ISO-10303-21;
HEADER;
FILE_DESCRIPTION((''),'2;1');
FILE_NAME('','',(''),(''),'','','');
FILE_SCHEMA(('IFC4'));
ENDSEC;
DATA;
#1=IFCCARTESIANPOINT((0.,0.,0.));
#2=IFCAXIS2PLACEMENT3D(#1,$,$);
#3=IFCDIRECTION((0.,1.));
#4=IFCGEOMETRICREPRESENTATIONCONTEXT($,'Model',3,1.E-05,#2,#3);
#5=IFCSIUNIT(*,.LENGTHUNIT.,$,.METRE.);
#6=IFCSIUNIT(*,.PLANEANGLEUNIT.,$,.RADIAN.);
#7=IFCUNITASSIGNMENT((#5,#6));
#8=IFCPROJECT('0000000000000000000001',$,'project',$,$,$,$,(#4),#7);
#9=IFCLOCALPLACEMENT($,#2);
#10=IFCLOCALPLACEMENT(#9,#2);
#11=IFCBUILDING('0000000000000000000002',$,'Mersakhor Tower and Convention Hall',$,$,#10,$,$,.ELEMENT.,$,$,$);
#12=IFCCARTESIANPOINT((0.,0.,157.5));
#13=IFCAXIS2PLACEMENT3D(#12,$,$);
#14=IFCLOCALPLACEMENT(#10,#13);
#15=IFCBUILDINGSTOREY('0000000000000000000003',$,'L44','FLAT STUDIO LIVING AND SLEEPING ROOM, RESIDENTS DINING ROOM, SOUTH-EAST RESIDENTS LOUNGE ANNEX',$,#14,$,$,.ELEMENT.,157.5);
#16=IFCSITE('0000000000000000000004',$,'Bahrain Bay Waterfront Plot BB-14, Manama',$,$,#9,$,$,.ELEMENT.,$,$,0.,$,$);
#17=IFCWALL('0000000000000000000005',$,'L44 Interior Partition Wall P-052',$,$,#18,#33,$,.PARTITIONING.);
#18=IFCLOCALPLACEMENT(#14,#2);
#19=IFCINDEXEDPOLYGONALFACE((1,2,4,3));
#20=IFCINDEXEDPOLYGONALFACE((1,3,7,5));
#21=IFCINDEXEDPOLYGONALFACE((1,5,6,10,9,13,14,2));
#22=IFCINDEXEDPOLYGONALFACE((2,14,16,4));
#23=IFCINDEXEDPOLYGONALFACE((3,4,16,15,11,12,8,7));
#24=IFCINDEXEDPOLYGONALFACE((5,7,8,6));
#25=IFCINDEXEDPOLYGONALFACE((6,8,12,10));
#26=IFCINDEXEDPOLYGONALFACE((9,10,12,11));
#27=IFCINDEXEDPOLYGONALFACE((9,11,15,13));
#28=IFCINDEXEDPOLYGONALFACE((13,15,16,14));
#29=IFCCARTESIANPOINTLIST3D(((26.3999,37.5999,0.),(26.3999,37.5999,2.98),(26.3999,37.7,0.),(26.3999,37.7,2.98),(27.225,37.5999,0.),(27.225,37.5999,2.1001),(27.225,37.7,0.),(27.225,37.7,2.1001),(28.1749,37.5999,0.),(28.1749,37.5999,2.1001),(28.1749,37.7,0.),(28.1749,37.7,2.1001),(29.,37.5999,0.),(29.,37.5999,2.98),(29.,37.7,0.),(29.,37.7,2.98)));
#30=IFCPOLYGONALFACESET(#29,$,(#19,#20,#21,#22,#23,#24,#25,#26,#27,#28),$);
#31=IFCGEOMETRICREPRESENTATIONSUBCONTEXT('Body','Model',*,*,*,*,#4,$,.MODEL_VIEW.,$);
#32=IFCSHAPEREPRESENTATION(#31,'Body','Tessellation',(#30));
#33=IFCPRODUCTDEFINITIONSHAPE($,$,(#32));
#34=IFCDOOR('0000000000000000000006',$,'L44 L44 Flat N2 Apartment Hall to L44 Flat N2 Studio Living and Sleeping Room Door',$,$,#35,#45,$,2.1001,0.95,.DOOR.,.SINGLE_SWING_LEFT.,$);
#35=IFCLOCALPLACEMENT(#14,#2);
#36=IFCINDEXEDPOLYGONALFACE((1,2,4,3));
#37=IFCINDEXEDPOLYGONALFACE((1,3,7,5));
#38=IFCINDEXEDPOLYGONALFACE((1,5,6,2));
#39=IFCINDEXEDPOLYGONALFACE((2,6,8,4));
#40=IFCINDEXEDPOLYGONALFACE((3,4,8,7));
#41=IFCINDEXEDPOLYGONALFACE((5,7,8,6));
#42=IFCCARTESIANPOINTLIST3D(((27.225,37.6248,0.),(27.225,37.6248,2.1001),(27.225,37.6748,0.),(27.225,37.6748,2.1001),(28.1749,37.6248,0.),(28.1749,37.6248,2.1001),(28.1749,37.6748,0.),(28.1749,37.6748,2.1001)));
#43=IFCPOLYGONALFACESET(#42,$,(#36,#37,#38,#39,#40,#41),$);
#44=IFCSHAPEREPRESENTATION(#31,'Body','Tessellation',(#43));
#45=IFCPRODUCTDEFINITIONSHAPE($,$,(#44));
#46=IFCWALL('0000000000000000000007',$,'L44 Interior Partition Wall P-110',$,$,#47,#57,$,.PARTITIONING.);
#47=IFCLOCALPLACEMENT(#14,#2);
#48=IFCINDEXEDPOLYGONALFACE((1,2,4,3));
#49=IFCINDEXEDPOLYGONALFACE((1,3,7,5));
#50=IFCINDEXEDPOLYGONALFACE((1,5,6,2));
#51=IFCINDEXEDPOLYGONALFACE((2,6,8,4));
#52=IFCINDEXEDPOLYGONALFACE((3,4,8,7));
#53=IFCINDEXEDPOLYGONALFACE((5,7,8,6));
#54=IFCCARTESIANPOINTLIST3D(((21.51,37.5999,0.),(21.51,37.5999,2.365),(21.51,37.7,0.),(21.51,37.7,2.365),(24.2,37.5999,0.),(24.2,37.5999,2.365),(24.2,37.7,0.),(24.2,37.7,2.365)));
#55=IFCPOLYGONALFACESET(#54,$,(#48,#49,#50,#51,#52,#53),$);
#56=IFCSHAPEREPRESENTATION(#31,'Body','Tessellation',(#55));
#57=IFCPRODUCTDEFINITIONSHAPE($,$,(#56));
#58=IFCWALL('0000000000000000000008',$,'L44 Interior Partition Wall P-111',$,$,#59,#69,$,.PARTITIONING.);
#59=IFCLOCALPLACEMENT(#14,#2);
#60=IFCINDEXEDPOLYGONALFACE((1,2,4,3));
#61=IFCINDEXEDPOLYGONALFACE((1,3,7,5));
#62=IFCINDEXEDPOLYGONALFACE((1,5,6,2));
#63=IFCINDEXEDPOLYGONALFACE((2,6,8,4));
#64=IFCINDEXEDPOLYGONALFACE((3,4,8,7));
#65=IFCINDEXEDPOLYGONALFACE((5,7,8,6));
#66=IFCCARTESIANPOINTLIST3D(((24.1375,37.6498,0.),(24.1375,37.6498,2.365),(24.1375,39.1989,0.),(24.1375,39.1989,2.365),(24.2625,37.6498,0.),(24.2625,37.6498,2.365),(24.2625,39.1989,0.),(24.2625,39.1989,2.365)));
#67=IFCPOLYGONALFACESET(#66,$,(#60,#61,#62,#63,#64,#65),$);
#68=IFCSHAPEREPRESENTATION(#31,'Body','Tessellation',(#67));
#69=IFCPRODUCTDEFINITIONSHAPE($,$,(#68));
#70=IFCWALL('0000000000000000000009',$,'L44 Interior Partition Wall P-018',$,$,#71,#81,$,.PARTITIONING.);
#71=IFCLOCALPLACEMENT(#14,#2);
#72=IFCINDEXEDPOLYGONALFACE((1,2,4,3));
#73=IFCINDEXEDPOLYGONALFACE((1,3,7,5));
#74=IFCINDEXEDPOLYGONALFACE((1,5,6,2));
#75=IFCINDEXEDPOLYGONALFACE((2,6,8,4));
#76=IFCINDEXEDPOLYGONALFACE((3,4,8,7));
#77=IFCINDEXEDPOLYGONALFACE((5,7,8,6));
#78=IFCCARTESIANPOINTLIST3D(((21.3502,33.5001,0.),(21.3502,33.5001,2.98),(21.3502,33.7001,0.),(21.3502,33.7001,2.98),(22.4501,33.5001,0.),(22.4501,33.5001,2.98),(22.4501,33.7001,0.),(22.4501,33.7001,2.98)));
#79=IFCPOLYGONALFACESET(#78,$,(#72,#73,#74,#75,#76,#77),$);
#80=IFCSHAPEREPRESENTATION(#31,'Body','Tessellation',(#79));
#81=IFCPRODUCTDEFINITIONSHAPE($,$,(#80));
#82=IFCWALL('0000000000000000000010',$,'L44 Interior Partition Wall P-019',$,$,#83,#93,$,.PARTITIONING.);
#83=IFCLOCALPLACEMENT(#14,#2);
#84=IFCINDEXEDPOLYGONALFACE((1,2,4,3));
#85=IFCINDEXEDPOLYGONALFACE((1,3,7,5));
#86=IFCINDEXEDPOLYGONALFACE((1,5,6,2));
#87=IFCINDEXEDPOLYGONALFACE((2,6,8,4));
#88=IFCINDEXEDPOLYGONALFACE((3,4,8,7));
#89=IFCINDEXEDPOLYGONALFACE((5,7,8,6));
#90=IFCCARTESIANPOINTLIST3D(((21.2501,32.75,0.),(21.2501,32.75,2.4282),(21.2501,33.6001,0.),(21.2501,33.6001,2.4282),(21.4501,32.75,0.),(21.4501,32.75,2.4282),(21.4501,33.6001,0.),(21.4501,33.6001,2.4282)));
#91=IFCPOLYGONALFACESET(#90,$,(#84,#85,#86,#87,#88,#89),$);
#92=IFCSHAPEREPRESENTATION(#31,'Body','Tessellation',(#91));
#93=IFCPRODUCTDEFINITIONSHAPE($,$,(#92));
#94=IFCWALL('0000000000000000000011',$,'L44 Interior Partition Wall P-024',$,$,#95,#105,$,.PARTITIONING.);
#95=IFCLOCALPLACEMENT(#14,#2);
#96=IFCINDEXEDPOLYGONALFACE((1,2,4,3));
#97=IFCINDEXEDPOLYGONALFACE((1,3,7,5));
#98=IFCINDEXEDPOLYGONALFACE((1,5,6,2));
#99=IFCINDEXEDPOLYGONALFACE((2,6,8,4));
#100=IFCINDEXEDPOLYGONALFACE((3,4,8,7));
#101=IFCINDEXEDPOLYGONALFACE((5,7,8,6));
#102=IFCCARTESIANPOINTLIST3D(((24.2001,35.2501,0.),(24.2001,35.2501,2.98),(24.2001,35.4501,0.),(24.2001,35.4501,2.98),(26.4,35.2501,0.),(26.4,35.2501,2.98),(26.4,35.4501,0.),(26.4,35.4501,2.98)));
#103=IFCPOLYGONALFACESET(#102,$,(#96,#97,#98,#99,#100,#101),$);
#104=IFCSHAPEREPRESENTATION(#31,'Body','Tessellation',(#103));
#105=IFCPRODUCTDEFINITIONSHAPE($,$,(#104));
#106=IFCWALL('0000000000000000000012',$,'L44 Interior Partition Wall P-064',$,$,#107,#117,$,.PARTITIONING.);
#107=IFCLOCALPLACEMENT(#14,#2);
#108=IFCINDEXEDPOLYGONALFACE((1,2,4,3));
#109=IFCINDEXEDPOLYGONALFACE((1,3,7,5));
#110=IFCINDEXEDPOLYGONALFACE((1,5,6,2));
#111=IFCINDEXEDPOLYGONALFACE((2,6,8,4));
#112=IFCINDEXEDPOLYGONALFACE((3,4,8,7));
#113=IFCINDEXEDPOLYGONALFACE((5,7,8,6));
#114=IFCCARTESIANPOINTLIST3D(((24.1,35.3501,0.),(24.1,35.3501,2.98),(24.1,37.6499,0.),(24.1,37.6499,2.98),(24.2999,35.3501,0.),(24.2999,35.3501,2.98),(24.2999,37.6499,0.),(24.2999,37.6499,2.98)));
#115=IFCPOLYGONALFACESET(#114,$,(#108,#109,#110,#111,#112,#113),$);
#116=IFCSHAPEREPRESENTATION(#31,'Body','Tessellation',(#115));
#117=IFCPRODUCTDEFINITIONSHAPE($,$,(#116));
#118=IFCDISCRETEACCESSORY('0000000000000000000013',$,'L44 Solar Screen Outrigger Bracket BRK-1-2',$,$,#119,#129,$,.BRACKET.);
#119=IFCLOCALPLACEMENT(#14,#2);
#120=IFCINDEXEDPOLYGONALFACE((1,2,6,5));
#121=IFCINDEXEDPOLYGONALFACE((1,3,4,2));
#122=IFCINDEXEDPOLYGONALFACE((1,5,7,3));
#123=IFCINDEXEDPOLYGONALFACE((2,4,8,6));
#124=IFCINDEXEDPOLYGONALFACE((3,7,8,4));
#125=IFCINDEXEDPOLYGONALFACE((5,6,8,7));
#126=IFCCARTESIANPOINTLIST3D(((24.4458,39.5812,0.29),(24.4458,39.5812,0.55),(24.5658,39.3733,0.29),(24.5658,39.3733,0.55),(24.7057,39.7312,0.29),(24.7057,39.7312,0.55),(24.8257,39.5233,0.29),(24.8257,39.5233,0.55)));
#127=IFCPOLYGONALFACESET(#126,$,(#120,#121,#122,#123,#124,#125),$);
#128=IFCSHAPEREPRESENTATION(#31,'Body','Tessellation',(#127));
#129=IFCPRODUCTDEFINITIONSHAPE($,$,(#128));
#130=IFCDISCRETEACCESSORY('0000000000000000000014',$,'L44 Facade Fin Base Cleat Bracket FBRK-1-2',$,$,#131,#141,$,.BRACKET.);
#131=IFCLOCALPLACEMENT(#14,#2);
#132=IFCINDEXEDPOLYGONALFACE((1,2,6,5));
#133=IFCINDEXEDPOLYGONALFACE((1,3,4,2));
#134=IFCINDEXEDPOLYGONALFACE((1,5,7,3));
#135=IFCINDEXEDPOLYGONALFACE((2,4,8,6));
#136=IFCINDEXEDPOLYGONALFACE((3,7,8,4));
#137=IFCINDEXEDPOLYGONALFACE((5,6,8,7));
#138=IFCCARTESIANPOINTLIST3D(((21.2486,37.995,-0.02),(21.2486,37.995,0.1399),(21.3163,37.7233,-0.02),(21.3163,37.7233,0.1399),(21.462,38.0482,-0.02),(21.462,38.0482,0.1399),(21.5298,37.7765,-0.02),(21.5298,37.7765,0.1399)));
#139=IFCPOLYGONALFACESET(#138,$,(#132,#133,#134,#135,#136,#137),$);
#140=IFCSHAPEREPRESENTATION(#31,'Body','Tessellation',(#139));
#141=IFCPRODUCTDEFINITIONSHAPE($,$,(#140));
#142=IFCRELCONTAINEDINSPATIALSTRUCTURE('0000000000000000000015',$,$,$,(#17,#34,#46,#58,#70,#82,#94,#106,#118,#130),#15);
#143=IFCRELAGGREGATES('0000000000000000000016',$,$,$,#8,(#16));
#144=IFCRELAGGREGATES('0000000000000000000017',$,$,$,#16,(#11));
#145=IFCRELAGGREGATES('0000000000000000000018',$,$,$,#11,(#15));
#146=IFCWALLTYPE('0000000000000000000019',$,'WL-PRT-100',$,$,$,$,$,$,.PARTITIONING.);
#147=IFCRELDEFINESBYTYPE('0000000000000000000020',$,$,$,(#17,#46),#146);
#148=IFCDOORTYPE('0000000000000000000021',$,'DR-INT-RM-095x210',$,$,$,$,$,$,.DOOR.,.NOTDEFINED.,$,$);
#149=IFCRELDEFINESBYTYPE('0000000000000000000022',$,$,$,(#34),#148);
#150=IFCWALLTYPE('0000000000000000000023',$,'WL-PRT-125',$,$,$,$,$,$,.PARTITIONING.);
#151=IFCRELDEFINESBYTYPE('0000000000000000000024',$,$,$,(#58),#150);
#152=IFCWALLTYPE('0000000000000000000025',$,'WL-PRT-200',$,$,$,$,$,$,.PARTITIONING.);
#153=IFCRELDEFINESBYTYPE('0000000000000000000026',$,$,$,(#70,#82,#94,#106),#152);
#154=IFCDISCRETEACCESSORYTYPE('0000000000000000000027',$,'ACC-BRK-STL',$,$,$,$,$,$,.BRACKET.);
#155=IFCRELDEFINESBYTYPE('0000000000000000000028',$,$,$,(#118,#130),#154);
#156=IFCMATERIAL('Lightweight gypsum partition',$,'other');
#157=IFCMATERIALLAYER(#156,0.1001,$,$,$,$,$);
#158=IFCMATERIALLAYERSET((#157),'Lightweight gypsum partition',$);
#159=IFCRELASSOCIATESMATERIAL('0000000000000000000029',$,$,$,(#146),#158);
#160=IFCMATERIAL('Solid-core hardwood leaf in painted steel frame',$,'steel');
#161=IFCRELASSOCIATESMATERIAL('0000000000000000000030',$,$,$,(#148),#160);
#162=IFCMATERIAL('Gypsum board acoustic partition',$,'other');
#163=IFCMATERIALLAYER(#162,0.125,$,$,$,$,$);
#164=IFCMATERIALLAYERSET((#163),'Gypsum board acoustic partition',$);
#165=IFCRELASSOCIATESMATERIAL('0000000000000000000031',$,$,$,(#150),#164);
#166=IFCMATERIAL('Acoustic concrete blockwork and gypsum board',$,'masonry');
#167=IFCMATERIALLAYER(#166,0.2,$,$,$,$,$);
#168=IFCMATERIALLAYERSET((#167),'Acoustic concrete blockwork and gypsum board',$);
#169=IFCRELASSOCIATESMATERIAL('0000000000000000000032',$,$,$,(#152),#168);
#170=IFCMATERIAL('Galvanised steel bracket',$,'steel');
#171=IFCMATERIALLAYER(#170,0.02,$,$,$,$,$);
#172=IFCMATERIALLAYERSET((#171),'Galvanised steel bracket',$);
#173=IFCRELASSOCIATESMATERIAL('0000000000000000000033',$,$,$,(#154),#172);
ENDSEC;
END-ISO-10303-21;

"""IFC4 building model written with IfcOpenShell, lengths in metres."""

from ifc_helpers import new_model, si_unit, direction, frame, frame_2d, origin, origin_2d, place, context, subcontext, project, spatial, rectangle, extrude, material, layer, layer_set, type_object, element, fill, save


model = new_model("IFC4")

# Units and contexts
model_context = context("Model", 3, precision=1e-05, world=origin(), true_north=direction((0.0, 1.0)))
body_context = subcontext(model_context, "Body", "Model", "MODEL_VIEW")
ifc_project = project(units=[si_unit("LENGTHUNIT", "METRE"), si_unit("PLANEANGLEUNIT", "RADIAN")], contexts=[model_context])

# Site, building, storey
site_placement = place(None, origin())
site = spatial("IfcSite", under=ifc_project, at=site_placement, Name="Bahrain Bay Waterfront Plot BB-14, Manama", CompositionType="ELEMENT", RefElevation=0.0)
building_placement = place(site_placement, origin())
building = spatial("IfcBuilding", under=site, at=building_placement, Name="Mersakhor Tower and Convention Hall", CompositionType="ELEMENT")
storey_placement = place(building_placement, frame((0.0, 0.0, 157.5)))
storey = spatial("IfcBuildingStorey", under=building, at=storey_placement, Name="L44", Description="FLAT STUDIO LIVING AND SLEEPING ROOM, RESIDENTS DINING ROOM, SOUTH-EAST RESIDENTS LOUNGE ANNEX", CompositionType="ELEMENT", Elevation=157.5)

# Wall, opening, door
ifc_material_1 = material(Name="Lightweight gypsum partition", Category="other")
ifc_layer_1 = layer(ifc_material_1, 0.1001)
ifc_layer_set_1 = layer_set([ifc_layer_1], Name="Lightweight gypsum partition")
wall_type_1 = type_object("IfcWallType", Name="WL-PRT-100", PredefinedType="PARTITIONING", material=ifc_layer_set_1)
wall_1_placement = place(storey_placement, frame((26.3999, 37.6499, 0.0), z_axis=(0.0, 0.0, 1.0), x_axis=(1.0, 0.0, 0.0)))
wall_1 = element("IfcWall", 1, at=wall_1_placement, inside=storey, type_object=wall_type_1, Name="L44 Interior Partition Wall P-052", PredefinedType="PARTITIONING", context=body_context, shape_type="SweptSolid", body=[
    extrude(rectangle(XDim=2.6001, YDim=0.1001, at=frame_2d((1.3, 0.0))), origin(), (0.0, 0.0, 1.0), 2.98),
])
opening_1_placement = place(wall_1_placement, frame((0.825, 0.0, 0.0)))
opening_1 = element("IfcOpeningElement", 2, at=opening_1_placement, cuts=wall_1, PredefinedType="OPENING", context=body_context, shape_type="SweptSolid", body=[
    extrude(rectangle(XDim=0.95, YDim=2.1001, at=frame_2d((0.4751, 1.05))), frame((0.0, 0.0601, 0.0), z_axis=(0.0, -1.0, 0.0), x_axis=(1.0, 0.0, 0.0)), (0.0, 0.0, 1.0), 0.1201),
])
ifc_material_2 = material(Name="Solid-core hardwood leaf in painted steel frame", Category="steel")
door_type_1 = type_object("IfcDoorType", Name="DR-INT-RM-095x210", OperationType="NOTDEFINED", PredefinedType="DOOR", material=ifc_material_2)
door_1_placement = place(opening_1_placement, origin())
door_1 = element("IfcDoor", 3, at=door_1_placement, inside=storey, type_object=door_type_1, Name="L44 L44 Flat N2 Apartment Hall to L44 Flat N2 Studio Living and Sleeping Room Door", OperationType="SINGLE_SWING_LEFT", OverallHeight=2.1001, OverallWidth=0.95, PredefinedType="DOOR", context=body_context, shape_type="SweptSolid", body=[
    extrude(rectangle(XDim=0.95, YDim=2.1001, at=frame_2d((0.4751, 1.05))), frame((0.0, 0.0249, 0.0), z_axis=(0.0, -1.0, 0.0), x_axis=(1.0, 0.0, 0.0)), (0.0, 0.0, 1.0), 0.05),
])
fill(opening_1, door_1)

# Walls
wall_2_placement = place(storey_placement, frame((21.51, 37.6499, 0.0), z_axis=(0.0, 0.0, 1.0), x_axis=(1.0, 0.0, 0.0)))
element("IfcWall", 4, at=wall_2_placement, inside=storey, type_object=wall_type_1, Name="L44 Interior Partition Wall P-110", PredefinedType="PARTITIONING", context=body_context, shape_type="SweptSolid", body=[
    extrude(rectangle(XDim=2.6899, YDim=0.1001, at=frame_2d((1.345, 0.0))), origin(), (0.0, 0.0, 1.0), 2.365),
])
ifc_material_3 = material(Name="Gypsum board acoustic partition", Category="other")
ifc_layer_2 = layer(ifc_material_3, 0.125)
ifc_layer_set_2 = layer_set([ifc_layer_2], Name="Gypsum board acoustic partition")
wall_type_2 = type_object("IfcWallType", Name="WL-PRT-125", PredefinedType="PARTITIONING", material=ifc_layer_set_2)
wall_3_placement = place(storey_placement, frame((24.2, 37.6499, 0.0), z_axis=(0.0, 0.0, 1.0), x_axis=(0.0, 1.0, 0.0)))
element("IfcWall", 5, at=wall_3_placement, inside=storey, type_object=wall_type_2, Name="L44 Interior Partition Wall P-111", PredefinedType="PARTITIONING", context=body_context, shape_type="SweptSolid", body=[
    extrude(rectangle(XDim=1.5491, YDim=0.125, at=frame_2d((0.7744, 0.0))), origin(), (0.0, 0.0, 1.0), 2.365),
])
ifc_material_4 = material(Name="Acoustic concrete blockwork and gypsum board", Category="masonry")
ifc_layer_3 = layer(ifc_material_4, 0.2)
ifc_layer_set_3 = layer_set([ifc_layer_3], Name="Acoustic concrete blockwork and gypsum board")
wall_type_3 = type_object("IfcWallType", Name="WL-PRT-200", PredefinedType="PARTITIONING", material=ifc_layer_set_3)
wall_4_placement = place(storey_placement, frame((22.45, 33.6001, 0.0), z_axis=(0.0, 0.0, 1.0), x_axis=(-1.0, 0.0, 0.0)))
element("IfcWall", 6, at=wall_4_placement, inside=storey, type_object=wall_type_3, Name="L44 Interior Partition Wall P-018", PredefinedType="PARTITIONING", context=body_context, shape_type="SweptSolid", body=[
    extrude(rectangle(XDim=1.0999, YDim=0.2, at=frame_2d((0.5498, 0.0))), origin(), (0.0, 0.0, 1.0), 2.98),
])
wall_5_placement = place(storey_placement, frame((21.3501, 33.6001, 0.0), z_axis=(0.0, 0.0, 1.0), x_axis=(0.0, -1.0, 0.0)))
element("IfcWall", 7, at=wall_5_placement, inside=storey, type_object=wall_type_3, Name="L44 Interior Partition Wall P-019", PredefinedType="PARTITIONING", context=body_context, shape_type="SweptSolid", body=[
    extrude(rectangle(XDim=0.8501, YDim=0.2, at=frame_2d((0.425, 0.0))), origin(), (0.0, 0.0, 1.0), 2.4282),
])
wall_6_placement = place(storey_placement, frame((24.2, 35.3501, 0.0), z_axis=(0.0, 0.0, 1.0), x_axis=(1.0, 0.0, 0.0)))
element("IfcWall", 8, at=wall_6_placement, inside=storey, type_object=wall_type_3, Name="L44 Interior Partition Wall P-024", PredefinedType="PARTITIONING", context=body_context, shape_type="SweptSolid", body=[
    extrude(rectangle(XDim=2.2, YDim=0.2, at=frame_2d((1.1001, 0.0))), origin(), (0.0, 0.0, 1.0), 2.98),
])

# Wall
wall_7_placement = place(storey_placement, frame((24.2, 35.3501, 0.0), z_axis=(0.0, 0.0, 1.0), x_axis=(0.0, 1.0, 0.0)))
element("IfcWall", 9, at=wall_7_placement, inside=storey, type_object=wall_type_3, Name="L44 Interior Partition Wall P-064", PredefinedType="PARTITIONING", context=body_context, shape_type="SweptSolid", body=[
    extrude(rectangle(XDim=2.2998, YDim=0.2, at=frame_2d((1.1499, 0.0))), origin(), (0.0, 0.0, 1.0), 2.98),
])

# Discrete accessories
ifc_material_5 = material(Name="Galvanised steel bracket", Category="steel")
ifc_layer_4 = layer(ifc_material_5, 0.02)
ifc_layer_set_4 = layer_set([ifc_layer_4], Name="Galvanised steel bracket")
discrete_accessory_type = type_object("IfcDiscreteAccessoryType", Name="ACC-BRK-STL", PredefinedType="BRACKET", material=ifc_layer_set_4)
discrete_accessory_1_placement = place(storey_placement, frame((24.6357, 39.5522, 0.29), z_axis=(0.0, 0.0, 1.0), x_axis=(0.866025, 0.5, 0.0)))
element("IfcDiscreteAccessory", 10, at=discrete_accessory_1_placement, inside=storey, type_object=discrete_accessory_type, Name="L44 Solar Screen Outrigger Bracket BRK-1-2", PredefinedType="BRACKET", context=body_context, shape_type="SweptSolid", body=[
    extrude(rectangle(XDim=0.3, YDim=0.24, at=origin_2d()), origin(), (0.0, 0.0, 1.0), 0.26),
])
discrete_accessory_2_placement = place(storey_placement, frame((21.3892, 37.8857, -0.02), z_axis=(0.0, 0.0, 1.0), x_axis=(-0.241922, 0.970296, 0.0)))
element("IfcDiscreteAccessory", 11, at=discrete_accessory_2_placement, inside=storey, type_object=discrete_accessory_type, Name="L44 Facade Fin Base Cleat Bracket FBRK-1-2", PredefinedType="BRACKET", context=body_context, shape_type="SweptSolid", body=[
    extrude(rectangle(XDim=0.28, YDim=0.22, at=origin_2d()), origin(), (0.0, 0.0, 1.0), 0.1599),
])

save(model, "model.ifc")
